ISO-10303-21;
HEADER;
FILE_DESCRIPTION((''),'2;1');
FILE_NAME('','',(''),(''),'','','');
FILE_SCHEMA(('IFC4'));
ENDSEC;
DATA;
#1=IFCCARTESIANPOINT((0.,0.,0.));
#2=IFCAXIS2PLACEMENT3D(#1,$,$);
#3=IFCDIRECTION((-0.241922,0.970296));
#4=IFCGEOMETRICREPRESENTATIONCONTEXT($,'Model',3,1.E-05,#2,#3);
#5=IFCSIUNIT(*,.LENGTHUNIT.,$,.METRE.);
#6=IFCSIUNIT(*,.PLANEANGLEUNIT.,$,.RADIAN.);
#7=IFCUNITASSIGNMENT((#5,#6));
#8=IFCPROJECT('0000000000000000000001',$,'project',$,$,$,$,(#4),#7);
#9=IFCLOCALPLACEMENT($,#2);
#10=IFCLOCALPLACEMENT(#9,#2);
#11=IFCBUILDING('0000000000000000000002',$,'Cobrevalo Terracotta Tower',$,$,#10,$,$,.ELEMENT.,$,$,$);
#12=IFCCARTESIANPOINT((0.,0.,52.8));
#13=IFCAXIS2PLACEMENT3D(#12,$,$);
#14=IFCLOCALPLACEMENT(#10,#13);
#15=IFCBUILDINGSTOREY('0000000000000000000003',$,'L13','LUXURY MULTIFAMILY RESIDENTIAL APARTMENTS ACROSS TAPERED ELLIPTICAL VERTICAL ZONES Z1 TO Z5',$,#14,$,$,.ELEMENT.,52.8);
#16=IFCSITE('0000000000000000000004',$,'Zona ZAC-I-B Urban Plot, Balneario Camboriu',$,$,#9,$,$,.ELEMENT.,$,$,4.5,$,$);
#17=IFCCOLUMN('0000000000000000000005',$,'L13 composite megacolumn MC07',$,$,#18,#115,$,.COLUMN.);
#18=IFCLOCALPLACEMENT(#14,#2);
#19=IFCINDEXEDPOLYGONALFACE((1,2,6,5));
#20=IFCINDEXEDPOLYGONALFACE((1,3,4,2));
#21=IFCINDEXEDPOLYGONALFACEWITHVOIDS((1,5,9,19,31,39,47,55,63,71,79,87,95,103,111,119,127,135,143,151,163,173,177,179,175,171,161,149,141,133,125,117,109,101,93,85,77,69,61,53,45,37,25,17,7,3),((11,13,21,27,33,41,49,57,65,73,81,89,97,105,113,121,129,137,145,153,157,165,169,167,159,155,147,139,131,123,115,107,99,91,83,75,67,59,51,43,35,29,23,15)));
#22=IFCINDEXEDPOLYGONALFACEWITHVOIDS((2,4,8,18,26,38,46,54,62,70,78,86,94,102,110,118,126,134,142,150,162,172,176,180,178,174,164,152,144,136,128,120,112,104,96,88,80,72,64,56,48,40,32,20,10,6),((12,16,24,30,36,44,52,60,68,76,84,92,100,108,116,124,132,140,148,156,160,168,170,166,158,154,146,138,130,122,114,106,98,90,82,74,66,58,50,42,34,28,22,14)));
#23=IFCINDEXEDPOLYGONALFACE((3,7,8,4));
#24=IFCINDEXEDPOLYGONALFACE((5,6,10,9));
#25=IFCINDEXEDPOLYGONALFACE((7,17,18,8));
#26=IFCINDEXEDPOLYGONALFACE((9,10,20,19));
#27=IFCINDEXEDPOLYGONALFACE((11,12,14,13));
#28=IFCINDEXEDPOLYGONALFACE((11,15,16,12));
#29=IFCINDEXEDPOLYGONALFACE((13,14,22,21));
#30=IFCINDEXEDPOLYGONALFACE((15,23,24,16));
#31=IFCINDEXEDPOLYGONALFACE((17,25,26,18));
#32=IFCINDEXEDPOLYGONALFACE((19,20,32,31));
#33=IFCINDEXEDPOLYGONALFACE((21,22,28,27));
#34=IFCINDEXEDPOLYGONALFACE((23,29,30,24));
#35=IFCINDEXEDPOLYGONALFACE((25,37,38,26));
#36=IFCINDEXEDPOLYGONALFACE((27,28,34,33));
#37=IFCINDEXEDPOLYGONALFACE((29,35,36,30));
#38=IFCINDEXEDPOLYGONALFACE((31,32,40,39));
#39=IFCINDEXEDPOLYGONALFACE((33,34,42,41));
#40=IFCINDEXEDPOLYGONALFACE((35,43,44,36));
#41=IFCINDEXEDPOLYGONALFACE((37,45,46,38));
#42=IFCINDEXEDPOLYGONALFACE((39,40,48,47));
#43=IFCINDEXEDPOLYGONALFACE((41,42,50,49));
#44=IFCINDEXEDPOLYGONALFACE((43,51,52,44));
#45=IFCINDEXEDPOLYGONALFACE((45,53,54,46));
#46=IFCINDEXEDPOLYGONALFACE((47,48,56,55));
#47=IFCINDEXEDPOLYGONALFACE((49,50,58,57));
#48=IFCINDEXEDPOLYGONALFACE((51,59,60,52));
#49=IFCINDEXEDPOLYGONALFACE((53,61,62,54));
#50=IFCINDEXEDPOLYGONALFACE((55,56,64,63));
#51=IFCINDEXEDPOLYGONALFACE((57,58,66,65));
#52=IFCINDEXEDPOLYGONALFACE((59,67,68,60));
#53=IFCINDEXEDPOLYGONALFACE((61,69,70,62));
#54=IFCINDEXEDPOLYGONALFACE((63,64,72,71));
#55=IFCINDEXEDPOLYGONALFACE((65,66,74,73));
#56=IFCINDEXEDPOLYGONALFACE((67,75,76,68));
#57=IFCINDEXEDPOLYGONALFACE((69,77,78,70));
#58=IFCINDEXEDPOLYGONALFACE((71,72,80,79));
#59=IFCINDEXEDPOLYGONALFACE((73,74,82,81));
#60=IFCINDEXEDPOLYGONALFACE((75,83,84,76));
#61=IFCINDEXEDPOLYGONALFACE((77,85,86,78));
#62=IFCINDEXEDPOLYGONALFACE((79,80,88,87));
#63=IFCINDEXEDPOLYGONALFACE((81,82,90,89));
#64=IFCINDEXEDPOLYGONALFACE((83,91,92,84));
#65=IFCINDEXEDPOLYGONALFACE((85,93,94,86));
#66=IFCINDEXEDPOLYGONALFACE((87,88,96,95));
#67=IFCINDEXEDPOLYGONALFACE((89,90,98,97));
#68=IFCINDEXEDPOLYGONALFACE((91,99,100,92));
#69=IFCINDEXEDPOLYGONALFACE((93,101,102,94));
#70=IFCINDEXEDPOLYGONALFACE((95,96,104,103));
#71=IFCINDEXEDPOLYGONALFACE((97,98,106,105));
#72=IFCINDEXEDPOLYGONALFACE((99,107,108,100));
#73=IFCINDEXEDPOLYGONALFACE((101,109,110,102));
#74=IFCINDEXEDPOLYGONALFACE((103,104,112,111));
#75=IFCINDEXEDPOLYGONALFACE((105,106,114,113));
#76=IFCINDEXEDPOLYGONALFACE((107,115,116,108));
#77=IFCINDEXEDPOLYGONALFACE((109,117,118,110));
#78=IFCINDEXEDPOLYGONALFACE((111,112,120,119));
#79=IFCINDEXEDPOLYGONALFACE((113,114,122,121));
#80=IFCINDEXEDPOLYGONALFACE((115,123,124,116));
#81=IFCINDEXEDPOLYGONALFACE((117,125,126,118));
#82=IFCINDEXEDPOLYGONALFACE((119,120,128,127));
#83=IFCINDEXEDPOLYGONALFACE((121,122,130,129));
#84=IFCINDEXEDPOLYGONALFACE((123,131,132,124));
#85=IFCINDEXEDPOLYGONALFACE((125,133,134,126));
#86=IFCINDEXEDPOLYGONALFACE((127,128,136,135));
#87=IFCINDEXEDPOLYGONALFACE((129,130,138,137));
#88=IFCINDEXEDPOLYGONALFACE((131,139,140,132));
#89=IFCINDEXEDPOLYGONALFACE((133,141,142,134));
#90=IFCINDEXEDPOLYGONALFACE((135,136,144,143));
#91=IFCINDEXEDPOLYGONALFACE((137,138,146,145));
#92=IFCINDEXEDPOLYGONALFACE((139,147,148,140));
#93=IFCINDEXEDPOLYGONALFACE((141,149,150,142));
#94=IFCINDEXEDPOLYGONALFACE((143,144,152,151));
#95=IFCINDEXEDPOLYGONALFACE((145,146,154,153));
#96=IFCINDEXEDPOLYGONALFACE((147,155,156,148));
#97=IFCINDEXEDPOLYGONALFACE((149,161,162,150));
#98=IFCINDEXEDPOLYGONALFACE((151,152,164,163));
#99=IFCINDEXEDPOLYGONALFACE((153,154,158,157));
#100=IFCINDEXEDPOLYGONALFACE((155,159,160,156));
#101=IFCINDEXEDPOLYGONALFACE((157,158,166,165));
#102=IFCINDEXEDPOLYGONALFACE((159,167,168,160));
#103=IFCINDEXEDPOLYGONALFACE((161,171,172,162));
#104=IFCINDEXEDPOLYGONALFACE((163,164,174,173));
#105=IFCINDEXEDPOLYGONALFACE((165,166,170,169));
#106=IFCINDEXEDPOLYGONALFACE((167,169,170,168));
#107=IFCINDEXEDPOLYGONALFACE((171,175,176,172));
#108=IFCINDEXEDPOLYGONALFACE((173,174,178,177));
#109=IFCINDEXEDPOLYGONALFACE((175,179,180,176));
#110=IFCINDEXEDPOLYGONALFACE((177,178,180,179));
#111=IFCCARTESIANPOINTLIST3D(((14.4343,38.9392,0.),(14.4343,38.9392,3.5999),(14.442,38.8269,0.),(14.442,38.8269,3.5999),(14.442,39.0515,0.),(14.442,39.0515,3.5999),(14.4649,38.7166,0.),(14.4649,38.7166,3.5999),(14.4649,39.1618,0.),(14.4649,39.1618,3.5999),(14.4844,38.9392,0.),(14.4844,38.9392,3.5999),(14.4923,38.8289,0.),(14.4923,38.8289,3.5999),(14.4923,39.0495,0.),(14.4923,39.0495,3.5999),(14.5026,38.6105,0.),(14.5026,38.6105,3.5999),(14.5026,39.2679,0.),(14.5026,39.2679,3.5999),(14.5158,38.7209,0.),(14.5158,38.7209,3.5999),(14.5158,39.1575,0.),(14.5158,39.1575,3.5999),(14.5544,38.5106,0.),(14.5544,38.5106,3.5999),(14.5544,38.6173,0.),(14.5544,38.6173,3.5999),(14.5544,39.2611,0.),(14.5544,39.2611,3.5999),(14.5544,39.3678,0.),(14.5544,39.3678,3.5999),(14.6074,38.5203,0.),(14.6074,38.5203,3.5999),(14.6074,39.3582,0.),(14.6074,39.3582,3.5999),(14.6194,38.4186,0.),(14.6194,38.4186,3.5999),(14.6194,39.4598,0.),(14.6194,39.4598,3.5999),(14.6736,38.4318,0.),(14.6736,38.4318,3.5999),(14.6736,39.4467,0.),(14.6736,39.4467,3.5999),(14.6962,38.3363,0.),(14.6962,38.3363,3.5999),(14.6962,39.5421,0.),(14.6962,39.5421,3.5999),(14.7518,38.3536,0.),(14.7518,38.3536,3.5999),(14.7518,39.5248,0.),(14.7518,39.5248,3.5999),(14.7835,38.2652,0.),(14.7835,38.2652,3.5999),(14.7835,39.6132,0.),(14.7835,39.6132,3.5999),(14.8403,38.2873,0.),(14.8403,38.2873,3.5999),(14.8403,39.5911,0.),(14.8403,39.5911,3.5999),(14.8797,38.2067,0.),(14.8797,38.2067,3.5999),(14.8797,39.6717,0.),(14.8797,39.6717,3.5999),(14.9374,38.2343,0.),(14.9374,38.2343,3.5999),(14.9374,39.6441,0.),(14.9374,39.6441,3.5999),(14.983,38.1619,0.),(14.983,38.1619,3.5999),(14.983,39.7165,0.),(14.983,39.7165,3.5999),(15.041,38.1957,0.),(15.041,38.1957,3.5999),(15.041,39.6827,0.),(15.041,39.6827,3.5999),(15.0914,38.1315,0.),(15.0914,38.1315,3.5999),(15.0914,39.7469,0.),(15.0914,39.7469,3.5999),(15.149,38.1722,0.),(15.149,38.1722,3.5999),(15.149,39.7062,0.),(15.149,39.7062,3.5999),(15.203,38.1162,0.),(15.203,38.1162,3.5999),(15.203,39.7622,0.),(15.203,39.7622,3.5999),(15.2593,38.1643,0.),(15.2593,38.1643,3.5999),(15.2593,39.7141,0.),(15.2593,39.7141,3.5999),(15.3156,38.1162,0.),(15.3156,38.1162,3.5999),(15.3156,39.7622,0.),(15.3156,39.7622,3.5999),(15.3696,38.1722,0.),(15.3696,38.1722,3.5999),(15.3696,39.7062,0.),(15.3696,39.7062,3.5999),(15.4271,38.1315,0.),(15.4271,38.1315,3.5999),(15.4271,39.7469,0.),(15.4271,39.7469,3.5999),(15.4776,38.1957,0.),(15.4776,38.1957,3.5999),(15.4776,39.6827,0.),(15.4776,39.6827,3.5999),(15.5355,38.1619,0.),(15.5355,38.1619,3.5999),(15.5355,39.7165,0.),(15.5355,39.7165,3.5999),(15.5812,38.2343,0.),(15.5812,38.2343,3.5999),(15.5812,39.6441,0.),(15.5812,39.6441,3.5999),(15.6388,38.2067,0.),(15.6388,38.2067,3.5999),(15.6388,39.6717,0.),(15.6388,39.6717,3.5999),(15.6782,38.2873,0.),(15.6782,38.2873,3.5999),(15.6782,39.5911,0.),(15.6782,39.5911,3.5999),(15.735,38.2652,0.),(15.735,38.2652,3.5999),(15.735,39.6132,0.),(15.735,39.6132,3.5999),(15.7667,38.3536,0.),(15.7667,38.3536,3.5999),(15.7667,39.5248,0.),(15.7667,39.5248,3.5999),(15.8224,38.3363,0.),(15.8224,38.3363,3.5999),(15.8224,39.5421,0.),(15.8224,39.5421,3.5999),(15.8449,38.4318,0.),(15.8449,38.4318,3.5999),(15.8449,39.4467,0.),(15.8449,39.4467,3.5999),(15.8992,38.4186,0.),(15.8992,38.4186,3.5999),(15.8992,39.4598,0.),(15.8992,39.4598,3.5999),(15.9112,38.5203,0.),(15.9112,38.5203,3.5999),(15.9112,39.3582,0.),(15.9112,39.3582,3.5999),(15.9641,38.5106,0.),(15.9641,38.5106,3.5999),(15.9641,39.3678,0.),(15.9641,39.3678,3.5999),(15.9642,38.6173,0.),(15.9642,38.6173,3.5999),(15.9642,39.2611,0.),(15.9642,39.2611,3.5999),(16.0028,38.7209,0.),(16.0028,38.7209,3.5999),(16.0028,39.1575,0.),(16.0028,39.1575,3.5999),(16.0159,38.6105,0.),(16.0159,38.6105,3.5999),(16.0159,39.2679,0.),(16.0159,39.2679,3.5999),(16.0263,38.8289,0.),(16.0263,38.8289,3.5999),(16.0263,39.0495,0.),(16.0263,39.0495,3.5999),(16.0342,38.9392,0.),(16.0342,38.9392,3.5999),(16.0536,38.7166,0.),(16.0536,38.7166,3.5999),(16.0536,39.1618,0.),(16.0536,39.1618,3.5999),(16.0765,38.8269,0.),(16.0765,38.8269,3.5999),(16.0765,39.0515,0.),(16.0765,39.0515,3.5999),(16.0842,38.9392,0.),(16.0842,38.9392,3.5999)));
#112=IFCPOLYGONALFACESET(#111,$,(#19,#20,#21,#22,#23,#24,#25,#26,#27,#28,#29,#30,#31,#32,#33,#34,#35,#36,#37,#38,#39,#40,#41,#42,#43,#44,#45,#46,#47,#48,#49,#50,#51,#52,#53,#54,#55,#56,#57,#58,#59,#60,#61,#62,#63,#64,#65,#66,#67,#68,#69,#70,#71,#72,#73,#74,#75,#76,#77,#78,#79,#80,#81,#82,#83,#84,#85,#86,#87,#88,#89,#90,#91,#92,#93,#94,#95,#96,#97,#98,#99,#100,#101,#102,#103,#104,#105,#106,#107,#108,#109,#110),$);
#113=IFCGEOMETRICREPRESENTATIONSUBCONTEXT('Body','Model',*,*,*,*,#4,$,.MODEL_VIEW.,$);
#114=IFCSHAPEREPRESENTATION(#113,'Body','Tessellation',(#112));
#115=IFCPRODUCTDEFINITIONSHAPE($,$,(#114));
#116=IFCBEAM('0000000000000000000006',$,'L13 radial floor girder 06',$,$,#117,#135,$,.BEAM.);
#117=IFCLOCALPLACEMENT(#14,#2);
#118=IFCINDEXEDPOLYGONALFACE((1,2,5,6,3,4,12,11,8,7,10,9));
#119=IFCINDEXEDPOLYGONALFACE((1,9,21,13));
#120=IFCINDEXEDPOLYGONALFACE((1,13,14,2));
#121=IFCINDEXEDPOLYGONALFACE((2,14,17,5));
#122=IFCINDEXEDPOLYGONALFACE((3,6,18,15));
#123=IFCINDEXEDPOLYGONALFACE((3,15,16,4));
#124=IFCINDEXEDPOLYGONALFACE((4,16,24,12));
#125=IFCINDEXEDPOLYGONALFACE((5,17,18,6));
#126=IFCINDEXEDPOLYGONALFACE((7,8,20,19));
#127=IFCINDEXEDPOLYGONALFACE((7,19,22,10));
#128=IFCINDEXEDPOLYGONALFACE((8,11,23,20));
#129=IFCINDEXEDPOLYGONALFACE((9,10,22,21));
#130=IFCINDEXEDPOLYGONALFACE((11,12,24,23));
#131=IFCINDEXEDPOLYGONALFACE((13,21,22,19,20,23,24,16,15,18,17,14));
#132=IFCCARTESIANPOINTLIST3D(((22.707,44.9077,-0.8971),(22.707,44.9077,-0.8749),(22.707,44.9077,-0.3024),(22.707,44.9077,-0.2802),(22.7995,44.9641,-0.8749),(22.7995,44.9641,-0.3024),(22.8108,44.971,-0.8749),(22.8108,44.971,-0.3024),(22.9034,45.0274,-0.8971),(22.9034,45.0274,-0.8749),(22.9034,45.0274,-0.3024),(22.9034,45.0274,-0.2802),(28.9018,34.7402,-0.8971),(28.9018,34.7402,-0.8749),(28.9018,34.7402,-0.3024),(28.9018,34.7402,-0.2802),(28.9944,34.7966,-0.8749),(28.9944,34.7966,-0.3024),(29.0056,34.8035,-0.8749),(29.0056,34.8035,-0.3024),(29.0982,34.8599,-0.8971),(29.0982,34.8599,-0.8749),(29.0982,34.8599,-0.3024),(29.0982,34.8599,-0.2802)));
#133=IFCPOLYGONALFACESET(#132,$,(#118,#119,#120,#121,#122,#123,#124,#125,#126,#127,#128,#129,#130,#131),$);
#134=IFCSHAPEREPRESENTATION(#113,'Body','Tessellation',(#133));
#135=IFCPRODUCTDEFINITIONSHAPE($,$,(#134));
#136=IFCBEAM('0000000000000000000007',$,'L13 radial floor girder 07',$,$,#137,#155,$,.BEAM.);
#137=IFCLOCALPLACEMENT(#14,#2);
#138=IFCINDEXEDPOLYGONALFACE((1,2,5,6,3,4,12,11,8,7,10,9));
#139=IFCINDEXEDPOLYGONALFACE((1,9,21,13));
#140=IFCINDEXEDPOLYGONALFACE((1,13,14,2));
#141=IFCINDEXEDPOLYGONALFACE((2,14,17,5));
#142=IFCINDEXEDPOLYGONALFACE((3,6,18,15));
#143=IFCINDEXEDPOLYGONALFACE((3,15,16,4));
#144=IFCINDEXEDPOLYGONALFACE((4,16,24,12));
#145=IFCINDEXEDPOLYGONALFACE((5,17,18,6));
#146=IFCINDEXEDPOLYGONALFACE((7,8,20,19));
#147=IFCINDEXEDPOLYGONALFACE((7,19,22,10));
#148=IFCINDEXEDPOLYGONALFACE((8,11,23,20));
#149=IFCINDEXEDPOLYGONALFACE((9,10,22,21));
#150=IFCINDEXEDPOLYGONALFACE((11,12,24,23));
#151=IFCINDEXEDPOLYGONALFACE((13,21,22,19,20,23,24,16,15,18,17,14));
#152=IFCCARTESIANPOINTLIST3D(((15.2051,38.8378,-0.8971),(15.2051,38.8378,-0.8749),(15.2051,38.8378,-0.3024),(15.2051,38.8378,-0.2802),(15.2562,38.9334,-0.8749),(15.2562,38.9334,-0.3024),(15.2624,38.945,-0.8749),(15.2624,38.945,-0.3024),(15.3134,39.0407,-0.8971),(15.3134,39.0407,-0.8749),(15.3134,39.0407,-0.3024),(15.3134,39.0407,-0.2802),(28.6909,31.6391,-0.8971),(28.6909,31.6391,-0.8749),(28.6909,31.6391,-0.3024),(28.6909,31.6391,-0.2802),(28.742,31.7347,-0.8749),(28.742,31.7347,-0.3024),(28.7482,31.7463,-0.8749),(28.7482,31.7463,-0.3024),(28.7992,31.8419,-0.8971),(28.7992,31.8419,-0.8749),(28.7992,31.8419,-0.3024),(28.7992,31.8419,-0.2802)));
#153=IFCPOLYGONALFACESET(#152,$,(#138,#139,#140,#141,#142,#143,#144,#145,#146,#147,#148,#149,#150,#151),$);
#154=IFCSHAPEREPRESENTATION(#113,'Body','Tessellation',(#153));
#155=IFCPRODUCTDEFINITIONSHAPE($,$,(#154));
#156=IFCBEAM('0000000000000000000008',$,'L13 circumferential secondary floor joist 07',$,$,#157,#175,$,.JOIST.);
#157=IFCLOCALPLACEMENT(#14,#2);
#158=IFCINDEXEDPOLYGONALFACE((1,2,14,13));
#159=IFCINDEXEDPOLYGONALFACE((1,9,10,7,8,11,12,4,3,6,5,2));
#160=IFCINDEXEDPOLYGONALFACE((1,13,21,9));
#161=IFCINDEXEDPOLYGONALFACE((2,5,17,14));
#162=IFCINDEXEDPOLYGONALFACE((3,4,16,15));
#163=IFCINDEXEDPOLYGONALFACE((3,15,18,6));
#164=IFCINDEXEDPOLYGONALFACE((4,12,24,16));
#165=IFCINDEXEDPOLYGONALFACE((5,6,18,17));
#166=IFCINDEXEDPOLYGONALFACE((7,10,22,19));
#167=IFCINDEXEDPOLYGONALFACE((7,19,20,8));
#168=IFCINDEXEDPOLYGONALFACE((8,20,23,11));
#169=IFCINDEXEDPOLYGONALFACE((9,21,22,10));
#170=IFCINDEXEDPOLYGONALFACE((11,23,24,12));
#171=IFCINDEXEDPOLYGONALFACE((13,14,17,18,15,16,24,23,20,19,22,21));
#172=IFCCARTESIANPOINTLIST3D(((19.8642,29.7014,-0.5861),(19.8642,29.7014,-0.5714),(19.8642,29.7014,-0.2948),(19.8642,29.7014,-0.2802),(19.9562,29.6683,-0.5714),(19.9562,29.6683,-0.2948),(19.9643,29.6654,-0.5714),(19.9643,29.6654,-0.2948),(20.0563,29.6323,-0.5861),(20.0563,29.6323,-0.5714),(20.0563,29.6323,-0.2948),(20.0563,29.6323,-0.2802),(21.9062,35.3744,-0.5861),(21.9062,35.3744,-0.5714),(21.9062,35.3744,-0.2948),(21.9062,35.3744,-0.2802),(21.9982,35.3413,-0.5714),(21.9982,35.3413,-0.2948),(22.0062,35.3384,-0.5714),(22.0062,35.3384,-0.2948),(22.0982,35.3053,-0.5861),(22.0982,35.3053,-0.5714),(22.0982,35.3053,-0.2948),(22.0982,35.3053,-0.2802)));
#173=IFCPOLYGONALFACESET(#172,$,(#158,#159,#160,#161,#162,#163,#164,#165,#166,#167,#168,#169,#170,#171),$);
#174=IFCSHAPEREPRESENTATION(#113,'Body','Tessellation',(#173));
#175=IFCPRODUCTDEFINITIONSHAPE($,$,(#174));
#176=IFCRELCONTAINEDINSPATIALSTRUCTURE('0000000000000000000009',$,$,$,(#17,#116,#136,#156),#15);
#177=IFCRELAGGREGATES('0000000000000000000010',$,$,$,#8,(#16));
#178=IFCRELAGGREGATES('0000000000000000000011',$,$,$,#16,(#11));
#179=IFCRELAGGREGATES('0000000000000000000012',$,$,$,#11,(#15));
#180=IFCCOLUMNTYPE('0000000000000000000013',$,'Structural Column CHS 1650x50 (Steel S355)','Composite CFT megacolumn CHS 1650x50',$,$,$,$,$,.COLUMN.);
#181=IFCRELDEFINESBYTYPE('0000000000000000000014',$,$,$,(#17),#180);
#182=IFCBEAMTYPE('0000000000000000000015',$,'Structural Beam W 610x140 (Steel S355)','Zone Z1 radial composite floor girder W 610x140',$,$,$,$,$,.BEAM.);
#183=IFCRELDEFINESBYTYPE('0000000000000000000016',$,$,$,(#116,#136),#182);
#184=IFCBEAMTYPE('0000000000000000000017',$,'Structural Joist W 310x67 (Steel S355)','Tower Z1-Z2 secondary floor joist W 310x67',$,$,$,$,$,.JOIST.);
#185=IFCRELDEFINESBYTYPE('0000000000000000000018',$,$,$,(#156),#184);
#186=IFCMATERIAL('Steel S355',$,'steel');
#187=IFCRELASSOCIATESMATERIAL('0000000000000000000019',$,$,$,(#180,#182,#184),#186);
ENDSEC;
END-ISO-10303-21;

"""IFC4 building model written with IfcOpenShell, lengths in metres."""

from ifc_helpers import new_model, si_unit, direction, frame, origin, origin_2d, place, context, subcontext, project, spatial, hollow_circle, i_section, extrude, material, material_profile, profile_set, type_object, element, save


model = new_model("IFC4")

# Units and contexts
model_context = context("Model", 3, precision=1e-05, world=origin(), true_north=direction((-0.241922, 0.970296)))
body_context = subcontext(model_context, "Body", "Model", "MODEL_VIEW")
ifc_project = project(units=[si_unit("LENGTHUNIT", "METRE"), si_unit("PLANEANGLEUNIT", "RADIAN")], contexts=[model_context])

# Site, building, storey
site_placement = place(None, origin())
site = spatial("IfcSite", under=ifc_project, at=site_placement, Name="Zona ZAC-I-B Urban Plot, Balneario Camboriu", CompositionType="ELEMENT", RefElevation=4.5)
building_placement = place(site_placement, origin())
building = spatial("IfcBuilding", under=site, at=building_placement, Name="Cobrevalo Terracotta Tower", CompositionType="ELEMENT")
storey_placement = place(building_placement, frame((0.0, 0.0, 52.8)))
storey = spatial("IfcBuildingStorey", under=building, at=storey_placement, Name="L13", Description="LUXURY MULTIFAMILY RESIDENTIAL APARTMENTS ACROSS TAPERED ELLIPTICAL VERTICAL ZONES Z1 TO Z5", CompositionType="ELEMENT", Elevation=52.8)

# Column
ifc_material_1 = material(Name="Steel S355", Category="steel")
ifc_material_profile_1 = material_profile(ifc_material_1, hollow_circle(Radius=0.825, WallThickness=0.05, at=origin_2d()), Name="CHS 1650x50")
ifc_profile_set_1 = profile_set([ifc_material_profile_1], Name="Steel S355")
column_type = type_object("IfcColumnType", Name="Structural Column CHS 1650x50 (Steel S355)", Description="Composite CFT megacolumn CHS 1650x50", PredefinedType="COLUMN", material=ifc_profile_set_1)
for number, where, z_axis, x_axis, name in (
    (1, (15.2593, 38.9392, 0.0), (0.0, 0.0, 1.0), (1.0, 0.0, 0.0), "L13 composite megacolumn MC07"),
):
    element("IfcColumn", number, at=place(storey_placement, frame(where, z_axis=z_axis, x_axis=x_axis)), inside=storey, type_object=column_type, Name=name, PredefinedType="COLUMN", context=body_context, shape_type="SweptSolid", body=[
        extrude(hollow_circle(Radius=0.825, WallThickness=0.05, at=origin_2d()), origin(), (0.0, 0.0, 1.0), 3.5999),
    ])

# Beams
ifc_material_profile_2 = material_profile(ifc_material_1, i_section(OverallWidth=0.23, OverallDepth=0.6169, WebThickness=0.0132, FlangeThickness=0.0222, at=origin_2d()), Name="W 610x140")
ifc_profile_set_2 = profile_set([ifc_material_profile_2], Name="Steel S355")
beam_type_1 = type_object("IfcBeamType", Name="Structural Beam W 610x140 (Steel S355)", Description="Zone Z1 radial composite floor girder W 610x140", PredefinedType="BEAM", material=ifc_profile_set_2)
beam_1_placement = place(storey_placement, frame((22.8052, 44.9675, -0.5886), z_axis=(0.52031, -0.853978, 0.0), x_axis=(0.853978, 0.52031, 0.0)))
element("IfcBeam", 2, at=beam_1_placement, inside=storey, type_object=beam_type_1, Name="L13 radial floor girder 06", PredefinedType="BEAM", context=body_context, shape_type="SweptSolid", body=[
    extrude(i_section(OverallWidth=0.23, OverallDepth=0.6169, WebThickness=0.0132, FlangeThickness=0.0222, at=origin_2d()), origin(), (0.0, 0.0, 1.0), 11.906),
])
beam_2_placement = place(storey_placement, frame((15.2593, 38.9392, -0.5886), z_axis=(0.882182, -0.470908, 0.0), x_axis=(0.470908, 0.882182, 0.0)))
element("IfcBeam", 3, at=beam_2_placement, inside=storey, type_object=beam_type_1, Name="L13 radial floor girder 07", PredefinedType="BEAM", context=body_context, shape_type="SweptSolid", body=[
    extrude(i_section(OverallWidth=0.23, OverallDepth=0.6169, WebThickness=0.0132, FlangeThickness=0.0222, at=origin_2d()), origin(), (0.0, 0.0, 1.0), 15.2869),
])
ifc_material_profile_3 = material_profile(ifc_material_1, i_section(OverallWidth=0.2041, OverallDepth=0.3059, WebThickness=0.0085, FlangeThickness=0.0146, at=origin_2d()), Name="W 310x67")
ifc_profile_set_3 = profile_set([ifc_material_profile_3], Name="Steel S355")
beam_type_2 = type_object("IfcBeamType", Name="Structural Joist W 310x67 (Steel S355)", Description="Tower Z1-Z2 secondary floor joist W 310x67", PredefinedType="JOIST", material=ifc_profile_set_3)
beam_3_placement = place(storey_placement, frame((22.0022, 35.3398, -0.4331), z_axis=(-0.338672, -0.940904, 0.0), x_axis=(0.940904, -0.338672, 0.0)))
element("IfcBeam", 4, at=beam_3_placement, inside=storey, type_object=beam_type_2, Name="L13 circumferential secondary floor joist 07", PredefinedType="JOIST", context=body_context, shape_type="SweptSolid", body=[
    extrude(i_section(OverallWidth=0.2041, OverallDepth=0.3059, WebThickness=0.0085, FlangeThickness=0.0146, at=origin_2d()), origin(), (0.0, 0.0, 1.0), 6.0293),
])

save(model, "model.ifc")
